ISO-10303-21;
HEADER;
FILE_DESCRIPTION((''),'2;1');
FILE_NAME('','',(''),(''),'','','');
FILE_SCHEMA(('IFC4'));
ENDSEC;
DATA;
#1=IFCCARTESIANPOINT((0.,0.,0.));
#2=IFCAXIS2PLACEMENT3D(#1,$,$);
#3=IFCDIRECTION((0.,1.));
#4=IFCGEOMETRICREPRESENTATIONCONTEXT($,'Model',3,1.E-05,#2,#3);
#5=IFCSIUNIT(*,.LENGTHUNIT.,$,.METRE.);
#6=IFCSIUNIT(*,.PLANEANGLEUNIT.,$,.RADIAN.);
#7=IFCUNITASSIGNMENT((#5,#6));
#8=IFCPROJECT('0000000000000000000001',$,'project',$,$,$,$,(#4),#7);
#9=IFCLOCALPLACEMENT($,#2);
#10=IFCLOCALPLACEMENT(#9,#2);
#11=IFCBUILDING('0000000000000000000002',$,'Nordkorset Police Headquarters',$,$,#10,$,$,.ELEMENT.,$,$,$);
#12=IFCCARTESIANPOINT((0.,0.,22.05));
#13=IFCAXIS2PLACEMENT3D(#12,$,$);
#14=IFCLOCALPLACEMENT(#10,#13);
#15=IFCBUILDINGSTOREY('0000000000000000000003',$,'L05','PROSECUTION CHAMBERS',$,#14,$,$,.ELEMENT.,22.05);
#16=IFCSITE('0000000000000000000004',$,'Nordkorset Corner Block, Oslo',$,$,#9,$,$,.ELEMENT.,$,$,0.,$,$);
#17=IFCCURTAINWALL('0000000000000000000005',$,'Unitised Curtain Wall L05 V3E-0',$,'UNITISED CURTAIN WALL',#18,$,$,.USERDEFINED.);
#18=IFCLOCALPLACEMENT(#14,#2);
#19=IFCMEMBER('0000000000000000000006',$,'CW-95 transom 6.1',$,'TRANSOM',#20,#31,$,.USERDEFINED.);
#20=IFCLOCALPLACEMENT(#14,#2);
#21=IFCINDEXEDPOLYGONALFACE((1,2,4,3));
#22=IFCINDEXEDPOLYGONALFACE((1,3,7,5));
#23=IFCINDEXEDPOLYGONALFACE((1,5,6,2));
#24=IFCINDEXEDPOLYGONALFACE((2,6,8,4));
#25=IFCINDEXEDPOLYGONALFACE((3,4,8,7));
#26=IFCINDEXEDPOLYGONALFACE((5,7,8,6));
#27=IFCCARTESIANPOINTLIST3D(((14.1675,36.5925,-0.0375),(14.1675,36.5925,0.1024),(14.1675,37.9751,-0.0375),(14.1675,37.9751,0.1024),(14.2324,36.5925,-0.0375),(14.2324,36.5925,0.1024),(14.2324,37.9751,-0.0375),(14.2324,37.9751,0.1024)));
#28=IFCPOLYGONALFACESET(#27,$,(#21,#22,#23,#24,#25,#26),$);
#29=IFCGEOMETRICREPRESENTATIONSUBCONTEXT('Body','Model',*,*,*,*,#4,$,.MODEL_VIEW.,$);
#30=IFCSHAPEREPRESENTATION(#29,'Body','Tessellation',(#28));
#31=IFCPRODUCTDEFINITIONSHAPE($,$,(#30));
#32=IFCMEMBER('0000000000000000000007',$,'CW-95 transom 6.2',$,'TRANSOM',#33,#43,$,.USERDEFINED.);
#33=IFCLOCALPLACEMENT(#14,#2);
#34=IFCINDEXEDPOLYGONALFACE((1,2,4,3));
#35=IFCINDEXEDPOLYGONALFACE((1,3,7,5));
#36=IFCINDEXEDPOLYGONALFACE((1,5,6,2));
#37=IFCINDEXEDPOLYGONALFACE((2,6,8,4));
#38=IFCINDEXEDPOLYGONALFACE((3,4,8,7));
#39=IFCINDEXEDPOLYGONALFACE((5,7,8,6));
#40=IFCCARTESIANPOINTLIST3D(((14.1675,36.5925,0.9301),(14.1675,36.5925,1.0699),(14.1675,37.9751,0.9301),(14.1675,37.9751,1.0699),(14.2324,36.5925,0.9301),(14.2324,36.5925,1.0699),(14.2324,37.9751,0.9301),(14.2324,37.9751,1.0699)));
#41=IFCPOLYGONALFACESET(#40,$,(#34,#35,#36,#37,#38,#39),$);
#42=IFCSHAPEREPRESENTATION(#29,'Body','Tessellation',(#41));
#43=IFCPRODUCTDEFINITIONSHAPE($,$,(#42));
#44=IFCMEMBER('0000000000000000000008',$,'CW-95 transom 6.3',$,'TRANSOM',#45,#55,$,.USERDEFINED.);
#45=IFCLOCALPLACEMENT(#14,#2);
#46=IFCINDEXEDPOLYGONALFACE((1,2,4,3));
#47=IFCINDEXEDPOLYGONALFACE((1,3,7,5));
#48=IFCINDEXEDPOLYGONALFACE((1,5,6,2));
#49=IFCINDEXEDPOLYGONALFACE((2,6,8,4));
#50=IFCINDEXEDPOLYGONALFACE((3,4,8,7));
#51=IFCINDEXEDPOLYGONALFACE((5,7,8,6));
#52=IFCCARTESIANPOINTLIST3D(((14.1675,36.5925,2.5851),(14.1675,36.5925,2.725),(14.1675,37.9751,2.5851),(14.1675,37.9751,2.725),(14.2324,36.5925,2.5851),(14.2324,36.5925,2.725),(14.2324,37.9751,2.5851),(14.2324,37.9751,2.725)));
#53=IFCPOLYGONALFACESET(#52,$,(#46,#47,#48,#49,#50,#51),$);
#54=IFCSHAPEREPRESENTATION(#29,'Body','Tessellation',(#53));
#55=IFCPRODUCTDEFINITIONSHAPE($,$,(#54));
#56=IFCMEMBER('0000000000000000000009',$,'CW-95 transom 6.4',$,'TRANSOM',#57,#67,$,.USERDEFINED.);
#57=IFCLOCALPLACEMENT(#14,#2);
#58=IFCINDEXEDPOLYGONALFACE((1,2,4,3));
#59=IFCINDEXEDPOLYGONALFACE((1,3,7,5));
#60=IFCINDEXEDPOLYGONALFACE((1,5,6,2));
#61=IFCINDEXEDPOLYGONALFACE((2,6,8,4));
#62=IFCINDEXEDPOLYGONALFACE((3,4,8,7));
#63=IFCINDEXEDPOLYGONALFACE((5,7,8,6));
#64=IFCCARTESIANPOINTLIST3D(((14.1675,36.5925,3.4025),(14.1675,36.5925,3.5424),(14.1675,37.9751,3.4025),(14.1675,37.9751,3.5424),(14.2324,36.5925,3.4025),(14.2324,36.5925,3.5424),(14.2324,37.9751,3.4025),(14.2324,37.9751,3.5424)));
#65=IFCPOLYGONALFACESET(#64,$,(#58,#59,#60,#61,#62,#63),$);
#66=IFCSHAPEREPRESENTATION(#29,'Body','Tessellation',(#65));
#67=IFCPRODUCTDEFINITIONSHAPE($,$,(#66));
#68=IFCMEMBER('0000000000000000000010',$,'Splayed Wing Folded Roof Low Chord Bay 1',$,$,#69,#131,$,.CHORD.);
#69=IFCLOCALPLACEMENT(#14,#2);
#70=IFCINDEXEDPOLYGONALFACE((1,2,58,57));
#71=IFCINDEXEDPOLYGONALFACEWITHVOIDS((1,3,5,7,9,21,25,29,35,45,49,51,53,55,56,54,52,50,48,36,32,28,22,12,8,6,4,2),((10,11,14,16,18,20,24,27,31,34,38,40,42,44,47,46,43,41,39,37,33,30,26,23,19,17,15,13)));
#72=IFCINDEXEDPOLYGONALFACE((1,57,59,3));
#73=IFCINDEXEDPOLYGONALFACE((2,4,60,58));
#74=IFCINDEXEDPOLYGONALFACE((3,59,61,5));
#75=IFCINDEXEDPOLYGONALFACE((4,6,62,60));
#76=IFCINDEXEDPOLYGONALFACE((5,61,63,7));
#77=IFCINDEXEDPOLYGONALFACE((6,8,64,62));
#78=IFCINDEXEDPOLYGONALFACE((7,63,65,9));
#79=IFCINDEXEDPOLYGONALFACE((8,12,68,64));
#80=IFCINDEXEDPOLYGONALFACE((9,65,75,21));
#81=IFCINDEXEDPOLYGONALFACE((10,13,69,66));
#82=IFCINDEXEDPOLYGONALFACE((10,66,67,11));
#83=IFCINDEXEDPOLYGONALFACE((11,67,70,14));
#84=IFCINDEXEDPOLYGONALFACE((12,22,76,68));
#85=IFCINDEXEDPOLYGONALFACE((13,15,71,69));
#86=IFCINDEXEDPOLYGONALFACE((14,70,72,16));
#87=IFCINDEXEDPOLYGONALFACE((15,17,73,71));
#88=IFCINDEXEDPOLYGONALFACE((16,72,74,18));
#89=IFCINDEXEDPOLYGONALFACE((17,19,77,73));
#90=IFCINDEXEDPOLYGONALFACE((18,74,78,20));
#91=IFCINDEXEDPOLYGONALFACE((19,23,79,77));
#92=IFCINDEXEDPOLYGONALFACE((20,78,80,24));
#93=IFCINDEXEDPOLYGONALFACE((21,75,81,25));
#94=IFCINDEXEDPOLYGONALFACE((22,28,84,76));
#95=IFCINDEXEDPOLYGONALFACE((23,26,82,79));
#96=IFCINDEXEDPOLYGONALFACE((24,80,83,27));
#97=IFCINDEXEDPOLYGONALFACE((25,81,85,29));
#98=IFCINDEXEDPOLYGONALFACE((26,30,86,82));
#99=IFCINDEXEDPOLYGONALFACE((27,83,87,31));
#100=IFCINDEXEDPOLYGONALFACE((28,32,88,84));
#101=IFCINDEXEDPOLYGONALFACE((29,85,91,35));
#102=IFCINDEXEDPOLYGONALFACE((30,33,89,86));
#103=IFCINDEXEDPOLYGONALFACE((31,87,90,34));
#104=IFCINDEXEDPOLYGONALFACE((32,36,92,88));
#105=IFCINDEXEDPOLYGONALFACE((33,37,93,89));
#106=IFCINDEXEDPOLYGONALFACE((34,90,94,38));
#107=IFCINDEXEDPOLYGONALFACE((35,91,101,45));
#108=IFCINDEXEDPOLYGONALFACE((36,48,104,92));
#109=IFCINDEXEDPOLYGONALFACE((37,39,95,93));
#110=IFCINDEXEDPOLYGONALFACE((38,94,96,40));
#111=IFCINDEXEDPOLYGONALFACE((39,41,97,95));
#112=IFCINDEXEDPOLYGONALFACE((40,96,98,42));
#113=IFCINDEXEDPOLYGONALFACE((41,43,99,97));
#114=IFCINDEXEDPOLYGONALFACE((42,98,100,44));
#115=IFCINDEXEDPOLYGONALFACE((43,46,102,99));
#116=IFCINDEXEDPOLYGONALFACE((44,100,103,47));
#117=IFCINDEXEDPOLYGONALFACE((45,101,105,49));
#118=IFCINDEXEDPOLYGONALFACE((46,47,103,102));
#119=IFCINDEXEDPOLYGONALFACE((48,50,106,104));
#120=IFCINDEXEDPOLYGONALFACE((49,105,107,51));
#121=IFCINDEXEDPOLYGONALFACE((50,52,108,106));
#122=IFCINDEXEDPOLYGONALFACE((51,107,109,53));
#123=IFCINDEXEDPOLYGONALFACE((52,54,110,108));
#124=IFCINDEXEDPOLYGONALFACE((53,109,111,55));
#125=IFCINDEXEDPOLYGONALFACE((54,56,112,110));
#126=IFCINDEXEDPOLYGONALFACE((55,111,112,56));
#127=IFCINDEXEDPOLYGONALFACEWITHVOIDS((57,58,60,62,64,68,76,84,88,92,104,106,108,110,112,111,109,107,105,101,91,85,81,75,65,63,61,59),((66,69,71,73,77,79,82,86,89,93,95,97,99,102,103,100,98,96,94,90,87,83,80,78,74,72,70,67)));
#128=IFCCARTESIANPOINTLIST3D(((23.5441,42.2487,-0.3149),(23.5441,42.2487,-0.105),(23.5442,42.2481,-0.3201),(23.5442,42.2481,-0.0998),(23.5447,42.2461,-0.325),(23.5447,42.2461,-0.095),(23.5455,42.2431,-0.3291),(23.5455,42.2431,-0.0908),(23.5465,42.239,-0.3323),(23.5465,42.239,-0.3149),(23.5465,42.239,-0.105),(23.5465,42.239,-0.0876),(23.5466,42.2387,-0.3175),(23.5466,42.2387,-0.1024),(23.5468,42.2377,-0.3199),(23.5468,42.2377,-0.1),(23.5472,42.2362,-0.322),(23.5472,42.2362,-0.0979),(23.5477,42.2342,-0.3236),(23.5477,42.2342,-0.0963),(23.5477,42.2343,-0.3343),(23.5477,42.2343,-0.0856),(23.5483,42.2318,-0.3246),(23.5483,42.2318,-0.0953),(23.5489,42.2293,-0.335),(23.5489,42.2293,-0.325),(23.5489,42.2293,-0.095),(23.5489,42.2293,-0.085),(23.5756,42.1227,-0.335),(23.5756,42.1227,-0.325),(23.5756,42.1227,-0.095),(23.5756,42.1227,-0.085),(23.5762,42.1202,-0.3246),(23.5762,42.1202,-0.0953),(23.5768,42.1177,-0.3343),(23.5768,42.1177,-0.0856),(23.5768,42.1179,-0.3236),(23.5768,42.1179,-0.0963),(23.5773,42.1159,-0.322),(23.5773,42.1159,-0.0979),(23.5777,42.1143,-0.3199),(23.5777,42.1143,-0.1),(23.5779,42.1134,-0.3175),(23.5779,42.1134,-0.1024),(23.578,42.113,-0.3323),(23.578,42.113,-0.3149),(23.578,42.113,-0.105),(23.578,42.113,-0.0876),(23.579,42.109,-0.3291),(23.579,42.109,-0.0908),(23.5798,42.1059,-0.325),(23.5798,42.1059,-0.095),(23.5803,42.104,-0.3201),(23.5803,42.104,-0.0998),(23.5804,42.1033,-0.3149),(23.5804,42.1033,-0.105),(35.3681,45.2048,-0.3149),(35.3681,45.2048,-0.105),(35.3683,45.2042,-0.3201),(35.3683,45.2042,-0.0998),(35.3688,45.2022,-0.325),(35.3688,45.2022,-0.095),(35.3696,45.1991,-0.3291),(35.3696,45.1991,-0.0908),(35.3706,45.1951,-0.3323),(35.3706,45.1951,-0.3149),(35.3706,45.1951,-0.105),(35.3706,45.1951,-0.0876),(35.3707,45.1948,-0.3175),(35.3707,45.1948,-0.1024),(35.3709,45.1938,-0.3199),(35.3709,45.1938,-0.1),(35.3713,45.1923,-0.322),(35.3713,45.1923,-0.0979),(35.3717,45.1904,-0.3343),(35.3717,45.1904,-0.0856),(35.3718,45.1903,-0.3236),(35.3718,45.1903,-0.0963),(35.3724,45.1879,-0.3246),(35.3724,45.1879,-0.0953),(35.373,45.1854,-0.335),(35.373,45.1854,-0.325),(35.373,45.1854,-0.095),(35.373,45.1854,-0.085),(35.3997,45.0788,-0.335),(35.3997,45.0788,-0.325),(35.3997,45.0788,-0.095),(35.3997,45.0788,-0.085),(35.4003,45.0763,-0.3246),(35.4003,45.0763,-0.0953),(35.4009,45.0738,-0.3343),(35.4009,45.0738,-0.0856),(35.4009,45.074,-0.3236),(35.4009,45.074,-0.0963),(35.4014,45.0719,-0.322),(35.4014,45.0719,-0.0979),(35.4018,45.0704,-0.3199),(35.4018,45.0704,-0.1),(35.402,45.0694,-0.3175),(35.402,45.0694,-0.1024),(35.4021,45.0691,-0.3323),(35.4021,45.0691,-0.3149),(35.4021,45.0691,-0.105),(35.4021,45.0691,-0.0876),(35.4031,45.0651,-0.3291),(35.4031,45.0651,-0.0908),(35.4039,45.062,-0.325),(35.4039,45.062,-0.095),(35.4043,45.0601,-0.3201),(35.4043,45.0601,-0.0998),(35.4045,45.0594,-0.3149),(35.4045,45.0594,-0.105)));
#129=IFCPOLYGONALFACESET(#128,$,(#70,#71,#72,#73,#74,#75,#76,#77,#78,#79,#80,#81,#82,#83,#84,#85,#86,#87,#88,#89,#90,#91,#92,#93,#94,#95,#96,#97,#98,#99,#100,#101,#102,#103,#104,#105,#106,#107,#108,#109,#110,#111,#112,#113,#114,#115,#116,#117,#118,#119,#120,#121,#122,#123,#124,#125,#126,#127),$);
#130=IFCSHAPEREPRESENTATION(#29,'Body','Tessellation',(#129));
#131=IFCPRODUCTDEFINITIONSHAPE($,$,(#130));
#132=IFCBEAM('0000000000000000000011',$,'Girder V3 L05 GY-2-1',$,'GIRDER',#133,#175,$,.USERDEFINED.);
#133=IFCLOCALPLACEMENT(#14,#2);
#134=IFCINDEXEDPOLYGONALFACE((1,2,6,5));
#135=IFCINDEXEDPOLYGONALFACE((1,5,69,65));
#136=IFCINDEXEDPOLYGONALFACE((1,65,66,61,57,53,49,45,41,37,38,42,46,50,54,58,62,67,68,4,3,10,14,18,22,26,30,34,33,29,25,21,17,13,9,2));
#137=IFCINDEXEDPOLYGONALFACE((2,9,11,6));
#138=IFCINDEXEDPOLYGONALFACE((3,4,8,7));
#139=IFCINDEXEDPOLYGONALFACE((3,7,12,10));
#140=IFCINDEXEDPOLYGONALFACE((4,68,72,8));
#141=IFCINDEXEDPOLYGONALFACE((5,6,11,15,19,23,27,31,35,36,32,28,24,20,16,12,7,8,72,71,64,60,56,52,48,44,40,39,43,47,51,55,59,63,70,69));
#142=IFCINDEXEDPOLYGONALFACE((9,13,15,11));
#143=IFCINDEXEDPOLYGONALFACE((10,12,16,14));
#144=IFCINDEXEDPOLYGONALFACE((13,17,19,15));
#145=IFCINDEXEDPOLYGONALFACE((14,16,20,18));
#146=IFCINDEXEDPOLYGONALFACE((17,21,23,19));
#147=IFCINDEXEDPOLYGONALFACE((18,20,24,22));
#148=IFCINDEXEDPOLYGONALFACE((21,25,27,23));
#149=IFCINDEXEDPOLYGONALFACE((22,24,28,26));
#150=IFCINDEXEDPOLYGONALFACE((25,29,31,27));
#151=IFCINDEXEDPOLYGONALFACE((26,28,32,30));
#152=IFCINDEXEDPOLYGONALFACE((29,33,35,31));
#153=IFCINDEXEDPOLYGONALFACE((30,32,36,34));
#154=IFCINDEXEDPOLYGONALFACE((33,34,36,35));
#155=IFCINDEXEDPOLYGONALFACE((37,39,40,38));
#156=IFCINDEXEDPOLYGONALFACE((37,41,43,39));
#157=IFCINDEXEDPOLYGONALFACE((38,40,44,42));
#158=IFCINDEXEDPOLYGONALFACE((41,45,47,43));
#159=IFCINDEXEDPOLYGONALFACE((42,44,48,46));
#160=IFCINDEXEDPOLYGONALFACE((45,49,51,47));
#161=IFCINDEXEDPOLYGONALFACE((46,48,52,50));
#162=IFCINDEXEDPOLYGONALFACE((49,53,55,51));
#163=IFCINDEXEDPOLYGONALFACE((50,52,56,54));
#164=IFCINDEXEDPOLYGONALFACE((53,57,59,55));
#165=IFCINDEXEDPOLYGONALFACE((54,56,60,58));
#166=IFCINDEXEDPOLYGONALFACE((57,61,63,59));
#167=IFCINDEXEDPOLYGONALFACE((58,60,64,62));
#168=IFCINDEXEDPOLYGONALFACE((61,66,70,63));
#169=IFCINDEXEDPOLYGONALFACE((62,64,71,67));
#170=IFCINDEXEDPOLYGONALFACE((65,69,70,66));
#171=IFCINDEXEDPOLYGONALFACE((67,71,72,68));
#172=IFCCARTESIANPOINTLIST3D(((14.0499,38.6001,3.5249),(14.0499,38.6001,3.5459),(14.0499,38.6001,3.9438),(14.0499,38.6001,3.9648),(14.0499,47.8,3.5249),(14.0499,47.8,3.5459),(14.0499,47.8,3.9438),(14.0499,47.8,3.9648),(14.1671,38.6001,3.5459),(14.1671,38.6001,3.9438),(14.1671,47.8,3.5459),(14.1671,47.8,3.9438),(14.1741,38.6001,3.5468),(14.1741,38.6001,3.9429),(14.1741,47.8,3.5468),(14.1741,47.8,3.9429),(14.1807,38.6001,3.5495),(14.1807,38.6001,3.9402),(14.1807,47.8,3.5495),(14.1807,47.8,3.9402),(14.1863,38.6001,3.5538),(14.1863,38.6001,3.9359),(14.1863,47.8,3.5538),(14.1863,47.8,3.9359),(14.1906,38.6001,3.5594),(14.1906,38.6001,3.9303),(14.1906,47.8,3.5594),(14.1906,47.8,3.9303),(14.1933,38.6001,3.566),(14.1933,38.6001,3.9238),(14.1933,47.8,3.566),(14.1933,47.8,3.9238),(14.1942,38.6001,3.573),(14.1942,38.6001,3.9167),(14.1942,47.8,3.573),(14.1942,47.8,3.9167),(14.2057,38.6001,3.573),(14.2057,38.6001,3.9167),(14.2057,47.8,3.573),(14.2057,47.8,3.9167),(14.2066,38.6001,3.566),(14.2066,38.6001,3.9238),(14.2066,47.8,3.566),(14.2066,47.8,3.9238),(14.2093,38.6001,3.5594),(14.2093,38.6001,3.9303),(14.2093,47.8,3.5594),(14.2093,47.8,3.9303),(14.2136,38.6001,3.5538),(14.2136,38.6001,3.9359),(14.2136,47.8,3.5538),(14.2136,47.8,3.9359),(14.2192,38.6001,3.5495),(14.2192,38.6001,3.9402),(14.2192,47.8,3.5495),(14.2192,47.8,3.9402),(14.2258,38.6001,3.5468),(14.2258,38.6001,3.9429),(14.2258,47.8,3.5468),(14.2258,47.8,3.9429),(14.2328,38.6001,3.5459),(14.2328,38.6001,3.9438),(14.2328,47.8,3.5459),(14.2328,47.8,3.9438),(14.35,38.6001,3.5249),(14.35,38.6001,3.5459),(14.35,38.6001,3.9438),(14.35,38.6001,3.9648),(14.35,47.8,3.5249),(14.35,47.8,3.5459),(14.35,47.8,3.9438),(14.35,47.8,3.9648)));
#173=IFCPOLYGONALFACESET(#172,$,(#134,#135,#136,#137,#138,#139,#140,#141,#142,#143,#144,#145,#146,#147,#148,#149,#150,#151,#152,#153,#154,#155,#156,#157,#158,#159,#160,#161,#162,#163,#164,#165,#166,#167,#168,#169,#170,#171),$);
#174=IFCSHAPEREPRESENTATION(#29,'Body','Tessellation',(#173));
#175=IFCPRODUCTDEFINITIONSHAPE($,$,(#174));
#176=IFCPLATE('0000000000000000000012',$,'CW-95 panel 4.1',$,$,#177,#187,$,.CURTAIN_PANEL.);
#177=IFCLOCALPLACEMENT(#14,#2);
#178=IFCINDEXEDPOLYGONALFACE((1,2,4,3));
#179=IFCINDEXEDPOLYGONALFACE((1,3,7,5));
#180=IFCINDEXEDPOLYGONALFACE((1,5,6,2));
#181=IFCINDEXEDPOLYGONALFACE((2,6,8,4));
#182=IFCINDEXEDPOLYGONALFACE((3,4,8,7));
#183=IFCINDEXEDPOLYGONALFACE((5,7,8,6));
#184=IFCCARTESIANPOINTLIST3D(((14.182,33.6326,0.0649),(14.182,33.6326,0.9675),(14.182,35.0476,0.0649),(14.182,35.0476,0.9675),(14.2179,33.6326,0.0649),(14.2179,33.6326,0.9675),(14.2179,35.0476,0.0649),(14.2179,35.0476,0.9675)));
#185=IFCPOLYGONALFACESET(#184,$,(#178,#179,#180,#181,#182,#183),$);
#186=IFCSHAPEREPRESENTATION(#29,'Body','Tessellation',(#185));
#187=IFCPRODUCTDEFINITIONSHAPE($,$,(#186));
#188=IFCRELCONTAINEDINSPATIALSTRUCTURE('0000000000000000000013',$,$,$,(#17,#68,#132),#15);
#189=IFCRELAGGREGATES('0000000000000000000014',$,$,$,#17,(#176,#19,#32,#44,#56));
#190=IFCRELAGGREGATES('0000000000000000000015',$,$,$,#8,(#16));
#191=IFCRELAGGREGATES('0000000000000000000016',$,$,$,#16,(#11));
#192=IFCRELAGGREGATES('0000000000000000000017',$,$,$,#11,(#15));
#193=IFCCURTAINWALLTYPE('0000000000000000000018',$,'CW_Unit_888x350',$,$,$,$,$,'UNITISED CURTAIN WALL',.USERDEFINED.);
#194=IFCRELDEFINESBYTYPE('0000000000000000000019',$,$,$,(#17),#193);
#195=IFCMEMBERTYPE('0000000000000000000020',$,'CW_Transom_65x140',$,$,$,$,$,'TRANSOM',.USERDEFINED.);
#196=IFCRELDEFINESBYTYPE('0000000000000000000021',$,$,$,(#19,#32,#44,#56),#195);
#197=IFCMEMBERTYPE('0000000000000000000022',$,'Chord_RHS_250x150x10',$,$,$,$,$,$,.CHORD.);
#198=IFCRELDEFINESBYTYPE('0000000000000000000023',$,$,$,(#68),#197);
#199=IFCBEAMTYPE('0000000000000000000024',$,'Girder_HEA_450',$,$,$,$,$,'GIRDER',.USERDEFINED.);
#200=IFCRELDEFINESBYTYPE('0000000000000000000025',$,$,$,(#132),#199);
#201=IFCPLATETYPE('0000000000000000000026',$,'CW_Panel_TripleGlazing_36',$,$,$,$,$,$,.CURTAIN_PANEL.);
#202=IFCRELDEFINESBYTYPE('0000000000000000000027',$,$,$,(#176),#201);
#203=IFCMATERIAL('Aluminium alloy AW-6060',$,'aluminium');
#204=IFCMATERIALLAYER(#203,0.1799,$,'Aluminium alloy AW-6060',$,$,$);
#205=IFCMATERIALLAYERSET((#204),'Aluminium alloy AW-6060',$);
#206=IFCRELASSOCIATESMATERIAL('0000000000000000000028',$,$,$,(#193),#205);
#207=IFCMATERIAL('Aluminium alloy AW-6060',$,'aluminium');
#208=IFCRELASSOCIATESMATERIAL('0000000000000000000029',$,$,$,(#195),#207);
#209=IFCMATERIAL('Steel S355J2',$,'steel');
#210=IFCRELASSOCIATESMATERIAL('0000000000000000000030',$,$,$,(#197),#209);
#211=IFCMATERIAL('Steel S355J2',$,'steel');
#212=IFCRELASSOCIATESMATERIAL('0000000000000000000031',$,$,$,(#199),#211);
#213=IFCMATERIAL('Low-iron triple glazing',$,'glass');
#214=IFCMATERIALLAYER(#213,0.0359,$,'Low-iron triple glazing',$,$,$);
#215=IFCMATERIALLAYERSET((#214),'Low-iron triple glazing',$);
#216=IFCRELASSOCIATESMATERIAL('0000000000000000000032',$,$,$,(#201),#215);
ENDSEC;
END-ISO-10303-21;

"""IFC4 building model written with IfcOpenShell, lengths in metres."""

from ifc_helpers import new_model, si_unit, direction, frame, origin, origin_2d, place, context, subcontext, project, spatial, rectangle, hollow_rectangle, i_section, extrude, material, layer, layer_set, material_profile, profile_set, type_object, element, aggregate, save


model = new_model("IFC4")

# Units and contexts
model_context = context("Model", 3, precision=1e-05, world=origin(), true_north=direction((0.0, 1.0)))
body_context = subcontext(model_context, "Body", "Model", "MODEL_VIEW")
ifc_project = project(units=[si_unit("LENGTHUNIT", "METRE"), si_unit("PLANEANGLEUNIT", "RADIAN")], contexts=[model_context])

# Site, building, storey
site_placement = place(None, origin())
site = spatial("IfcSite", under=ifc_project, at=site_placement, Name="Nordkorset Corner Block, Oslo", CompositionType="ELEMENT", RefElevation=0.0)
building_placement = place(site_placement, origin())
building = spatial("IfcBuilding", under=site, at=building_placement, Name="Nordkorset Police Headquarters", CompositionType="ELEMENT")
storey_placement = place(building_placement, frame((0.0, 0.0, 22.05)))
storey = spatial("IfcBuildingStorey", under=building, at=storey_placement, Name="L05", Description="PROSECUTION CHAMBERS", CompositionType="ELEMENT", Elevation=22.05)

# Curtain wall, members
ifc_material_1 = material(Name="Aluminium alloy AW-6060", Category="aluminium")
ifc_layer_1 = layer(ifc_material_1, 0.1799, Name="Aluminium alloy AW-6060")
ifc_layer_set_1 = layer_set([ifc_layer_1], Name="Aluminium alloy AW-6060")
curtain_wall_type = type_object("IfcCurtainWallType", Name="CW_Unit_888x350", ElementType="UNITISED CURTAIN WALL", PredefinedType="USERDEFINED", material=ifc_layer_set_1)
curtain_wall_placement = place(storey_placement, origin())
curtain_wall = element("IfcCurtainWall", 1, at=curtain_wall_placement, inside=storey, type_object=curtain_wall_type, Name="Unitised Curtain Wall L05 V3E-0", ObjectType="UNITISED CURTAIN WALL", PredefinedType="USERDEFINED")
ifc_material_2 = material(Name="Aluminium alloy AW-6060", Category="aluminium")
ifc_material_profile_1 = material_profile(ifc_material_2, rectangle(XDim=0.0649, YDim=0.1399, at=origin_2d()), Name="ALU TRAN 65x140")
ifc_profile_set_1 = profile_set([ifc_material_profile_1], Name="Aluminium alloy AW-6060")
member_type_1 = type_object("IfcMemberType", Name="CW_Transom_65x140", ElementType="TRANSOM", PredefinedType="USERDEFINED", material=ifc_profile_set_1)
member_1_placement = place(storey_placement, frame((14.2, 36.5925, 0.0325), z_axis=(0.0, 1.0, 0.0), x_axis=(-1.0, 0.0, 0.0)))
member_1 = element("IfcMember", 2, at=member_1_placement, type_object=member_type_1, Name="CW-95 transom 6.1", ObjectType="TRANSOM", PredefinedType="USERDEFINED", context=body_context, shape_type="SweptSolid", body=[
    extrude(rectangle(XDim=0.0649, YDim=0.1399, at=origin_2d()), origin(), (0.0, 0.0, 1.0), 1.3826),
])
member_2_placement = place(storey_placement, frame((14.2, 36.5925, 1.0), z_axis=(0.0, 1.0, 0.0), x_axis=(-1.0, 0.0, 0.0)))
member_2 = element("IfcMember", 3, at=member_2_placement, type_object=member_type_1, Name="CW-95 transom 6.2", ObjectType="TRANSOM", PredefinedType="USERDEFINED", context=body_context, shape_type="SweptSolid", body=[
    extrude(rectangle(XDim=0.0649, YDim=0.1399, at=origin_2d()), origin(), (0.0, 0.0, 1.0), 1.3826),
])
member_3_placement = place(storey_placement, frame((14.2, 36.5925, 2.655), z_axis=(0.0, 1.0, 0.0), x_axis=(-1.0, 0.0, 0.0)))
member_3 = element("IfcMember", 4, at=member_3_placement, type_object=member_type_1, Name="CW-95 transom 6.3", ObjectType="TRANSOM", PredefinedType="USERDEFINED", context=body_context, shape_type="SweptSolid", body=[
    extrude(rectangle(XDim=0.0649, YDim=0.1399, at=origin_2d()), origin(), (0.0, 0.0, 1.0), 1.3826),
])
member_4_placement = place(storey_placement, frame((14.2, 36.5925, 3.4724), z_axis=(0.0, 1.0, 0.0), x_axis=(-1.0, 0.0, 0.0)))
member_4 = element("IfcMember", 5, at=member_4_placement, type_object=member_type_1, Name="CW-95 transom 6.4", ObjectType="TRANSOM", PredefinedType="USERDEFINED", context=body_context, shape_type="SweptSolid", body=[
    extrude(rectangle(XDim=0.0649, YDim=0.1399, at=origin_2d()), origin(), (0.0, 0.0, 1.0), 1.3826),
])

# Member
ifc_material_3 = material(Name="Steel S355J2", Category="steel")
ifc_material_profile_2 = material_profile(ifc_material_3, hollow_rectangle(XDim=0.1499, YDim=0.25, WallThickness=0.01, InnerFilletRadius=0.01, OuterFilletRadius=0.02, at=origin_2d()), Name="RHS 250x150x10")
ifc_profile_set_2 = profile_set([ifc_material_profile_2], Name="Steel S355J2")
member_type_2 = type_object("IfcMemberType", Name="Chord_RHS_250x150x10", PredefinedType="CHORD", material=ifc_profile_set_2)
member_5_placement = place(storey_placement, frame((23.5623, 42.176, -0.21), z_axis=(0.970141, 0.24254, 0.0), x_axis=(-0.24254, 0.970141, 0.0)))
element("IfcMember", 6, at=member_5_placement, inside=storey, type_object=member_type_2, Name="Splayed Wing Folded Roof Low Chord Bay 1", PredefinedType="CHORD", context=body_context, shape_type="SweptSolid", body=[
    extrude(hollow_rectangle(XDim=0.1499, YDim=0.25, WallThickness=0.01, InnerFilletRadius=0.01, OuterFilletRadius=0.02, at=origin_2d()), origin(), (0.0, 0.0, 1.0), 12.188),
])

# Beam
ifc_material_4 = material(Name="Steel S355J2", Category="steel")
ifc_material_profile_3 = material_profile(ifc_material_4, i_section(OverallWidth=0.3, OverallDepth=0.4399, WebThickness=0.0115, FlangeThickness=0.021, FilletRadius=0.0271, at=origin_2d()), Name="HEA 450")
ifc_profile_set_3 = profile_set([ifc_material_profile_3], Name="Steel S355J2")
beam_type = type_object("IfcBeamType", Name="Girder_HEA_450", ElementType="GIRDER", PredefinedType="USERDEFINED", material=ifc_profile_set_3)
beam_placement = place(storey_placement, frame((14.2, 38.6001, 3.7449), z_axis=(0.0, 1.0, 0.0), x_axis=(-1.0, 0.0, 0.0)))
element("IfcBeam", 7, at=beam_placement, inside=storey, type_object=beam_type, Name="Girder V3 L05 GY-2-1", ObjectType="GIRDER", PredefinedType="USERDEFINED", context=body_context, shape_type="SweptSolid", body=[
    extrude(i_section(OverallWidth=0.3, OverallDepth=0.4399, WebThickness=0.0115, FlangeThickness=0.021, FilletRadius=0.0271, at=origin_2d()), origin(), (0.0, 0.0, 1.0), 9.2),
])

# Plate
ifc_material_5 = material(Name="Low-iron triple glazing", Category="glass")
ifc_layer_2 = layer(ifc_material_5, 0.0359, Name="Low-iron triple glazing")
ifc_layer_set_2 = layer_set([ifc_layer_2], Name="Low-iron triple glazing")
plate_type_1 = type_object("IfcPlateType", Name="CW_Panel_TripleGlazing_36", PredefinedType="CURTAIN_PANEL", material=ifc_layer_set_2)
plate_1_placement = place(storey_placement, frame((14.2, 34.3401, 0.0649), z_axis=(0.0, 0.0, 1.0), x_axis=(0.0, 1.0, 0.0)))
plate_1 = element("IfcPlate", 8, at=plate_1_placement, type_object=plate_type_1, Name="CW-95 panel 4.1", PredefinedType="CURTAIN_PANEL", context=body_context, shape_type="SweptSolid", body=[
    extrude(rectangle(XDim=1.415, YDim=0.0359, at=origin_2d()), origin(), (0.0, 0.0, 1.0), 0.9026),
])
aggregate(curtain_wall, [plate_1, member_1, member_2, member_3, member_4])

save(model, "model.ifc")
